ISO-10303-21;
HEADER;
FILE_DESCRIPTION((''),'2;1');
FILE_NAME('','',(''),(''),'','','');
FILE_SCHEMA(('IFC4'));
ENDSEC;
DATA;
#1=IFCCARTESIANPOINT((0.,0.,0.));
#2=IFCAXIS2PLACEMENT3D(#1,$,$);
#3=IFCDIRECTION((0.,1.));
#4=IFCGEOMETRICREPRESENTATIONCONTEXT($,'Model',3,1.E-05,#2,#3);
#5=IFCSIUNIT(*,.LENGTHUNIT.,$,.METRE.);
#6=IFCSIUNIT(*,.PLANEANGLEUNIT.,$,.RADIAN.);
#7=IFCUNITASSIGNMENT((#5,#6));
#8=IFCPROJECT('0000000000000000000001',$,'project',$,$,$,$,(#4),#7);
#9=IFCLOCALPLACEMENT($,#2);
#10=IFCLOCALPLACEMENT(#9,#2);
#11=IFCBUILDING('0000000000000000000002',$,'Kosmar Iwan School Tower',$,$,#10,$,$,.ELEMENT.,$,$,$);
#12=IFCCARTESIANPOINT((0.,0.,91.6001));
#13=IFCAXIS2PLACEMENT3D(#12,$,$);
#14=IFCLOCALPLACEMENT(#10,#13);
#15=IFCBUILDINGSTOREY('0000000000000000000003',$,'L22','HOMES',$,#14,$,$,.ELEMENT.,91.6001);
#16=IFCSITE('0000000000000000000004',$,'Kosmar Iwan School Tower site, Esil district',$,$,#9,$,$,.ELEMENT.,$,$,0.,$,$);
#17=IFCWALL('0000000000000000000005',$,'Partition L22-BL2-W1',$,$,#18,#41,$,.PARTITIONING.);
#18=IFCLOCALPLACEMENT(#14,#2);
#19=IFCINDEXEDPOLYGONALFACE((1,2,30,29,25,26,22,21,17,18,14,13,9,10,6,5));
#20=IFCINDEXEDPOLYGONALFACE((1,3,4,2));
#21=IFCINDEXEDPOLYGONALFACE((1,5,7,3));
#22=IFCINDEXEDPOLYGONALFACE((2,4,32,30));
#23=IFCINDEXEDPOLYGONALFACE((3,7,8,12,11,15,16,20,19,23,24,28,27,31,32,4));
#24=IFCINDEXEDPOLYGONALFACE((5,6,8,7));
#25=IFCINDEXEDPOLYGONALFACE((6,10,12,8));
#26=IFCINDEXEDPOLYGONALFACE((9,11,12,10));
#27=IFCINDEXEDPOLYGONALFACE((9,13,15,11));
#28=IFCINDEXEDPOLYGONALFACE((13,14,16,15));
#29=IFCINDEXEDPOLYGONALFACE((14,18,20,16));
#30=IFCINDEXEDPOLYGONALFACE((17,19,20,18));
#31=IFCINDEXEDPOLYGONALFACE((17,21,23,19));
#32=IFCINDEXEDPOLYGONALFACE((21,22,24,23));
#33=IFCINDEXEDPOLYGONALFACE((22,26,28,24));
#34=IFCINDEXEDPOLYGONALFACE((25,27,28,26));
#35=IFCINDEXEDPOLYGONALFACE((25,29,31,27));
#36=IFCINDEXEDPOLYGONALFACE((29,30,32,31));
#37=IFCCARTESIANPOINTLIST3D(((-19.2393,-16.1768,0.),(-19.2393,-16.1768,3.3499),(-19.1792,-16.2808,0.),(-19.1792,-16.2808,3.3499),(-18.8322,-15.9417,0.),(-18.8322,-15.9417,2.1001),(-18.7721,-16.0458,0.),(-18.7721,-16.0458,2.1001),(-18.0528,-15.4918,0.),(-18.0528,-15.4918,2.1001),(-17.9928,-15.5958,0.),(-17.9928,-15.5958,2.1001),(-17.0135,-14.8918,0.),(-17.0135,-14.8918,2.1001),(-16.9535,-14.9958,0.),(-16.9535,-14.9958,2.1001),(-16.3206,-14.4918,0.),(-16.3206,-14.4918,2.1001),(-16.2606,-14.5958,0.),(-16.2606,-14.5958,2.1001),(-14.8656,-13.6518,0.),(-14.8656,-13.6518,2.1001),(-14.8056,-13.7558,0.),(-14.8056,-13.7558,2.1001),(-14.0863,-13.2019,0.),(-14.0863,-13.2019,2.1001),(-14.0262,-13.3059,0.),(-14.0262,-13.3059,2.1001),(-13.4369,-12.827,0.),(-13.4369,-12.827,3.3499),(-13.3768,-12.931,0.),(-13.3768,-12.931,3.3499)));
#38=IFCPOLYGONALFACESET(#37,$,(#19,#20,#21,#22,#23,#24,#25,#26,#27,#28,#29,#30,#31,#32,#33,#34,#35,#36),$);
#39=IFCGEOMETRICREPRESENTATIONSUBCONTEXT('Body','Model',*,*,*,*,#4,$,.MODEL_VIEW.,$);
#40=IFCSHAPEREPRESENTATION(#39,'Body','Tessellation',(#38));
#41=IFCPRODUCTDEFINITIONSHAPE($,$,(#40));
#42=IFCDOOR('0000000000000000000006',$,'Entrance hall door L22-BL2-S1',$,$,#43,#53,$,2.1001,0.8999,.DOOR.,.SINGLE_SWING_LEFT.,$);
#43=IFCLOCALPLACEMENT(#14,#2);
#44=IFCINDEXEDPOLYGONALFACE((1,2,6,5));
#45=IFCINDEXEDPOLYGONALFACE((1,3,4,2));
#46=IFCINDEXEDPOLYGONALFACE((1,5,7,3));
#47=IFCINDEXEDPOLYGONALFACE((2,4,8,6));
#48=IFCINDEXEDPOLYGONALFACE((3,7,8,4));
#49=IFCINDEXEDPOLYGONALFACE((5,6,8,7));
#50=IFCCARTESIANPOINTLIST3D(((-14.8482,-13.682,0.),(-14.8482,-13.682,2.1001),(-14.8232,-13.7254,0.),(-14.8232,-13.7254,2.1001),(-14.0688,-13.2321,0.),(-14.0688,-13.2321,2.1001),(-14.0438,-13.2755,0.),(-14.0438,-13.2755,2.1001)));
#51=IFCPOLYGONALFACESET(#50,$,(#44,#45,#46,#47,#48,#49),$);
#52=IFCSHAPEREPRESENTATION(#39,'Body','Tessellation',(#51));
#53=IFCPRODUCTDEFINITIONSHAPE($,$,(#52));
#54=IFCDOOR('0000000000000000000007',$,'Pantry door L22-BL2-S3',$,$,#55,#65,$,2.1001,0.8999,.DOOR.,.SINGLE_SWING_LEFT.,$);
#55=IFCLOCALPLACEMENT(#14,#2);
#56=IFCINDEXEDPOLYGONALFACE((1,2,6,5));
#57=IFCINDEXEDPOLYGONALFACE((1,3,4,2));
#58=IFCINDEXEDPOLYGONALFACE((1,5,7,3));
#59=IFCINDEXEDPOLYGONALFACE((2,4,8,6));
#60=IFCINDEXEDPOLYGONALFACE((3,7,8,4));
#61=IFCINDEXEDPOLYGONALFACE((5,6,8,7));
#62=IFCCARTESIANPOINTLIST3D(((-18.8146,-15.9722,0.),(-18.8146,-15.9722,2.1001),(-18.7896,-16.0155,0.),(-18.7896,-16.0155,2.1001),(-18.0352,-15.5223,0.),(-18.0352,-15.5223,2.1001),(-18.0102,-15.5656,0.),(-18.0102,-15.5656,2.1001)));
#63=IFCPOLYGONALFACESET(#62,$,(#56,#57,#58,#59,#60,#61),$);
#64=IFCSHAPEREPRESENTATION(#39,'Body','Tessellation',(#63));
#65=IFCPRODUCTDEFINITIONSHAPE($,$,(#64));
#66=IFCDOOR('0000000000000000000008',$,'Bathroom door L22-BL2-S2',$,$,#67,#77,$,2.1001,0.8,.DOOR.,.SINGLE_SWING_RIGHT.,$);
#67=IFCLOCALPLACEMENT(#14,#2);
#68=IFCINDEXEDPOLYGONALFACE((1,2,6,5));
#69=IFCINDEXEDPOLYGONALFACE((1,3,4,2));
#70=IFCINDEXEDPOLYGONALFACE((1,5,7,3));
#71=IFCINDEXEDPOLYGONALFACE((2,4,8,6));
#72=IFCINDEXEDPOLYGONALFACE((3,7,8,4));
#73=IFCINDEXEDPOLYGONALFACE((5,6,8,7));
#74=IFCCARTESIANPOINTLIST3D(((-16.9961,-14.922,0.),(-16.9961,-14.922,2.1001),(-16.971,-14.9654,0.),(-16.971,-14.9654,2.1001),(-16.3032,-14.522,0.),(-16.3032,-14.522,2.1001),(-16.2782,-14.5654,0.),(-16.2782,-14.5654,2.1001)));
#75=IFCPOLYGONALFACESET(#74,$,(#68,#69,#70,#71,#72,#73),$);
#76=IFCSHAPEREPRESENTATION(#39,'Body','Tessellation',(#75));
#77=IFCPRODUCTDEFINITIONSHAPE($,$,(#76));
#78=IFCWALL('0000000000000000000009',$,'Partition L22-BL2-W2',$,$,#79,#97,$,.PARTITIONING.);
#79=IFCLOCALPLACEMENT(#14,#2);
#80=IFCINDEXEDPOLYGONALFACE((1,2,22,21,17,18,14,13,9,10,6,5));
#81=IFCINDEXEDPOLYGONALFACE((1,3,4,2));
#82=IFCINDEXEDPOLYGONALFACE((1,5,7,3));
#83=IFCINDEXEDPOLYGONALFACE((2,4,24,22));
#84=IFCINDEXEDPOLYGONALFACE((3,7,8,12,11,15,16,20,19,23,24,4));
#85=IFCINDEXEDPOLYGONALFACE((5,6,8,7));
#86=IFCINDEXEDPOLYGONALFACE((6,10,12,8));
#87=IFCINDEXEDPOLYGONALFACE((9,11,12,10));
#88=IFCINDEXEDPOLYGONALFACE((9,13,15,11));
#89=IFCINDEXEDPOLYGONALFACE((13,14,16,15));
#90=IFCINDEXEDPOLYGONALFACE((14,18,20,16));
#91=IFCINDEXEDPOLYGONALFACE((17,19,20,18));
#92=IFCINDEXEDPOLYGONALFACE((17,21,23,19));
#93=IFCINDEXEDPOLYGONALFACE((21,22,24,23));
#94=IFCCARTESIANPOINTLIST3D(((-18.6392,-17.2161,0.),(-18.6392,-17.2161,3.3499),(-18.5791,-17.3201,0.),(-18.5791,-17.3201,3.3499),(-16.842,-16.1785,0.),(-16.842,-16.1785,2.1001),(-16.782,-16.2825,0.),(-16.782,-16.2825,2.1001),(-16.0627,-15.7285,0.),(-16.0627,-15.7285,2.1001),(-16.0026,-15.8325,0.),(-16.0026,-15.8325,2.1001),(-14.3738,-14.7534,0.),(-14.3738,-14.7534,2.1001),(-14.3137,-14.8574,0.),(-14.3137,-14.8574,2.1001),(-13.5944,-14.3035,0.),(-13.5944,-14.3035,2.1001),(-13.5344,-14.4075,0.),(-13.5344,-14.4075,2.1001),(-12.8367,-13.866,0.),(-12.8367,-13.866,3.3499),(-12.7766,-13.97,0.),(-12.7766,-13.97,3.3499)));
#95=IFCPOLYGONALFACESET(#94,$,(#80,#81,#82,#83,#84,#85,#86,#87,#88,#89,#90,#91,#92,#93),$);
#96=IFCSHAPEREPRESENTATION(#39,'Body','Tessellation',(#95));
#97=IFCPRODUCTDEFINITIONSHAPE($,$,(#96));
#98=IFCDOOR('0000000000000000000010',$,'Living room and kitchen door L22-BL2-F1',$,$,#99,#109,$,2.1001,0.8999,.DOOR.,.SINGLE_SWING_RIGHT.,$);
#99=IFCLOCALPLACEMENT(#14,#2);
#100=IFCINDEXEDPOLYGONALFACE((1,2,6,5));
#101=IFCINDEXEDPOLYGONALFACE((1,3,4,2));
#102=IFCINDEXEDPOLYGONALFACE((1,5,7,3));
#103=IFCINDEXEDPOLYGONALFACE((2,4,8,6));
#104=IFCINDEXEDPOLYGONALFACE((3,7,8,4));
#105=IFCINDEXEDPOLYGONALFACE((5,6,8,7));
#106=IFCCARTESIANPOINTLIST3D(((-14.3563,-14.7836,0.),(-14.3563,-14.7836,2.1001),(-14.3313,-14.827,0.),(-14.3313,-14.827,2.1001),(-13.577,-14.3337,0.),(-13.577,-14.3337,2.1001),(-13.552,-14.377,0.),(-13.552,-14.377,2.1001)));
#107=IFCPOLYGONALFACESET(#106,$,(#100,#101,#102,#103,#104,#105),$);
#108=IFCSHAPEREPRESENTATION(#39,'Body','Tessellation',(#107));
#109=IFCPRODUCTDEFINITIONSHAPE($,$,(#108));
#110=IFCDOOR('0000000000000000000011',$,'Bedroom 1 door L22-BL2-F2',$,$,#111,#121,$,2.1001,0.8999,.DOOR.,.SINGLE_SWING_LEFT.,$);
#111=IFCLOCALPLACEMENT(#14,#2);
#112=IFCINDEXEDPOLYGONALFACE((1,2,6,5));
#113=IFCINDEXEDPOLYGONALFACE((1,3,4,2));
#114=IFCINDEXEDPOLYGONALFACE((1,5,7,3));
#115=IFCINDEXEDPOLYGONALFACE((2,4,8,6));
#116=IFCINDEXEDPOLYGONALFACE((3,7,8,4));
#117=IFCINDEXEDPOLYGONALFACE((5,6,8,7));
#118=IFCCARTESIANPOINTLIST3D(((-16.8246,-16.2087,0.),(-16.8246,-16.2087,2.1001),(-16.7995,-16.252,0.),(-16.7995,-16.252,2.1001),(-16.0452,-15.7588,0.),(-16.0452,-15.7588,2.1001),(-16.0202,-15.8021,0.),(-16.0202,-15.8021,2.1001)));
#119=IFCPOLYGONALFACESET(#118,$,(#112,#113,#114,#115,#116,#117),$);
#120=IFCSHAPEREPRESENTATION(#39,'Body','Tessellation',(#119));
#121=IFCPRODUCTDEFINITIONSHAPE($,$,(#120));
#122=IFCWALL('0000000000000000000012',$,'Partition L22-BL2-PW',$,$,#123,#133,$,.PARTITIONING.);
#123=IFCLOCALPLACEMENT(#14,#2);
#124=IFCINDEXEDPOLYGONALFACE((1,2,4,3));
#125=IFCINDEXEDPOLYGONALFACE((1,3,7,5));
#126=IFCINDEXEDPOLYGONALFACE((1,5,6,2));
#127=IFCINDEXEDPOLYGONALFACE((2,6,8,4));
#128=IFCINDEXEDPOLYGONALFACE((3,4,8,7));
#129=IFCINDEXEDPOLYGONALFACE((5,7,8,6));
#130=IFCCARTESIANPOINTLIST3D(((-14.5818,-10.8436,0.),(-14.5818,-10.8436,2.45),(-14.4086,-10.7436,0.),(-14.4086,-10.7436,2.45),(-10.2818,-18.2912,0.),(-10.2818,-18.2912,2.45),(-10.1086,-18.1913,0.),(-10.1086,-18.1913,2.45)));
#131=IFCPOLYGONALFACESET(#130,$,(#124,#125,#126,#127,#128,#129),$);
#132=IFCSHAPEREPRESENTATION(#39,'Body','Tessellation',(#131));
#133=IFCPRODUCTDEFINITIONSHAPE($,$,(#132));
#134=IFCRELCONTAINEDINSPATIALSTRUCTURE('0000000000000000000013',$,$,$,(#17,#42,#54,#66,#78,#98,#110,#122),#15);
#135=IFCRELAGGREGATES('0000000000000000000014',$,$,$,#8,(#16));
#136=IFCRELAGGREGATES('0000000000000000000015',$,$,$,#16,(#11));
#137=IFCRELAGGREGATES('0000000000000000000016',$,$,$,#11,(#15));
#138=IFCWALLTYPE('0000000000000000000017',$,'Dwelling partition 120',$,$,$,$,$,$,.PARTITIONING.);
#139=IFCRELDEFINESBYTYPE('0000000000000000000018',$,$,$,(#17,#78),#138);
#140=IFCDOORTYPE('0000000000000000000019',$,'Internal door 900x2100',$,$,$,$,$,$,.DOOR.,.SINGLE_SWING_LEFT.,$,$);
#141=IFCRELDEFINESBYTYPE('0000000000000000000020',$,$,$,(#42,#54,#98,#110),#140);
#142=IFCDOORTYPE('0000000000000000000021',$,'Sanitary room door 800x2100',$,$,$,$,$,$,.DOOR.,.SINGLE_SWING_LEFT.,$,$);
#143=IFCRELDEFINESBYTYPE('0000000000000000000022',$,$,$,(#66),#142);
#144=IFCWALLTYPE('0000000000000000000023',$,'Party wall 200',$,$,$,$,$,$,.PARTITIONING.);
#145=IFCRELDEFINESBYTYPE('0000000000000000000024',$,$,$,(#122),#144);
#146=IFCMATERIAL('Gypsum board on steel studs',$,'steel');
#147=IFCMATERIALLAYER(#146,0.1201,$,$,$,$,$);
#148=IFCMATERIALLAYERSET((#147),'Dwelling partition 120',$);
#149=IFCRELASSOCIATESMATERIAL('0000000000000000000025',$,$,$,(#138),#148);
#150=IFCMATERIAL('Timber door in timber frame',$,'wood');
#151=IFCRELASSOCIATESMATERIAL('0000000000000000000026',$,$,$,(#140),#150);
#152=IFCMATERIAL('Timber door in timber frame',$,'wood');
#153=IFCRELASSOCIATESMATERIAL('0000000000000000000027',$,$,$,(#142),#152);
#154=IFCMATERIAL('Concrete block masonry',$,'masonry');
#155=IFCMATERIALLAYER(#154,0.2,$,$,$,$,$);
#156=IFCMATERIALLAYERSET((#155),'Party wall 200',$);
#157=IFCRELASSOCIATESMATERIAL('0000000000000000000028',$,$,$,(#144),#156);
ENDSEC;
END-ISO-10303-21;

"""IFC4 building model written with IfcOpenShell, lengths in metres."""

from ifc_helpers import new_model, si_unit, direction, frame, frame_2d, origin, place, context, subcontext, project, spatial, rectangle, extrude, material, layer, layer_set, type_object, element, fill, save


model = new_model("IFC4")

# Units and contexts
model_context = context("Model", 3, precision=1e-05, world=origin(), true_north=direction((0.0, 1.0)))
body_context = subcontext(model_context, "Body", "Model", "MODEL_VIEW")
ifc_project = project(units=[si_unit("LENGTHUNIT", "METRE"), si_unit("PLANEANGLEUNIT", "RADIAN")], contexts=[model_context])

# Site, building, storey
site_placement = place(None, origin())
site = spatial("IfcSite", under=ifc_project, at=site_placement, Name="Kosmar Iwan School Tower site, Esil district", CompositionType="ELEMENT", RefElevation=0.0)
building_placement = place(site_placement, origin())
building = spatial("IfcBuilding", under=site, at=building_placement, Name="Kosmar Iwan School Tower", CompositionType="ELEMENT")
storey_placement = place(building_placement, frame((0.0, 0.0, 91.6001)))
storey = spatial("IfcBuildingStorey", under=building, at=storey_placement, Name="L22", Description="HOMES", CompositionType="ELEMENT", Elevation=91.6001)

# Shared definitions
ifc_material_1 = material(Name="Gypsum board on steel studs", Category="steel")
ifc_layer_1 = layer(ifc_material_1, 0.1201)
ifc_layer_set_1 = layer_set([ifc_layer_1], Name="Dwelling partition 120")
wall_type_1 = type_object("IfcWallType", Name="Dwelling partition 120", PredefinedType="PARTITIONING", material=ifc_layer_set_1)
ifc_material_2 = material(Name="Timber door in timber frame", Category="wood")
door_type_1 = type_object("IfcDoorType", Name="Internal door 900x2100", OperationType="SINGLE_SWING_LEFT", PredefinedType="DOOR", material=ifc_material_2)
ifc_material_3 = material(Name="Timber door in timber frame", Category="wood")
door_type_2 = type_object("IfcDoorType", Name="Sanitary room door 800x2100", OperationType="SINGLE_SWING_LEFT", PredefinedType="DOOR", material=ifc_material_3)

# Walls, openings, doors
wall_1_placement = place(storey_placement, frame((-13.4067, -12.8789, 0.0), z_axis=(0.0, 0.0, 1.0), x_axis=(-0.866039, -0.499976, 0.0)))
wall_1 = element("IfcWall", 1, at=wall_1_placement, inside=storey, type_object=wall_type_1, Name="Partition L22-BL2-W1", PredefinedType="PARTITIONING", context=body_context, shape_type="SweptSolid", body=[
    extrude(rectangle(XDim=6.7, YDim=0.1201, at=frame_2d((3.3501, 0.0))), origin(), (0.0, 0.0, 1.0), 3.3499),
])
opening_1_placement = place(wall_1_placement, frame((0.75, 0.0, 0.0)))
opening_1 = element("IfcOpeningElement", 2, at=opening_1_placement, cuts=wall_1, PredefinedType="OPENING", context=body_context, shape_type="SweptSolid", body=[
    extrude(rectangle(XDim=0.8999, YDim=2.1001, at=frame_2d((0.45, 1.05))), frame((0.0, 0.072, 0.0), z_axis=(0.0, -1.0, 0.0), x_axis=(1.0, 0.0, 0.0)), (0.0, 0.0, 1.0), 0.144),
])
opening_2_placement = place(wall_1_placement, frame((3.3301, 0.0, 0.0)))
opening_2 = element("IfcOpeningElement", 3, at=opening_2_placement, cuts=wall_1, PredefinedType="OPENING", context=body_context, shape_type="SweptSolid", body=[
    extrude(rectangle(XDim=0.8, YDim=2.1001, at=frame_2d((0.3999, 1.05))), frame((0.0, 0.072, 0.0), z_axis=(0.0, -1.0, 0.0), x_axis=(1.0, 0.0, 0.0)), (0.0, 0.0, 1.0), 0.144),
])
opening_3_placement = place(wall_1_placement, frame((5.3301, 0.0, 0.0)))
opening_3 = element("IfcOpeningElement", 4, at=opening_3_placement, cuts=wall_1, PredefinedType="OPENING", context=body_context, shape_type="SweptSolid", body=[
    extrude(rectangle(XDim=0.8999, YDim=2.1001, at=frame_2d((0.45, 1.05))), frame((0.0, 0.072, 0.0), z_axis=(0.0, -1.0, 0.0), x_axis=(1.0, 0.0, 0.0)), (0.0, 0.0, 1.0), 0.144),
])
door_1_placement = place(opening_1_placement, origin())
door_1 = element("IfcDoor", 5, at=door_1_placement, inside=storey, type_object=door_type_1, Name="Entrance hall door L22-BL2-S1", OperationType="SINGLE_SWING_LEFT", OverallHeight=2.1001, OverallWidth=0.8999, PredefinedType="DOOR", context=body_context, shape_type="SweptSolid", body=[
    extrude(rectangle(XDim=0.8999, YDim=2.1001, at=frame_2d((0.45, 1.05))), frame((0.0, 0.0249, 0.0), z_axis=(0.0, -1.0, 0.0), x_axis=(1.0, 0.0, 0.0)), (0.0, 0.0, 1.0), 0.05),
])
fill(opening_1, door_1)
door_2_placement = place(opening_3_placement, frame((0.8999, 0.0, 0.0), z_axis=(0.0, 0.0, 1.0), x_axis=(-1.0, 0.0, 0.0)))
door_2 = element("IfcDoor", 6, at=door_2_placement, inside=storey, type_object=door_type_1, Name="Pantry door L22-BL2-S3", OperationType="SINGLE_SWING_LEFT", OverallHeight=2.1001, OverallWidth=0.8999, PredefinedType="DOOR", context=body_context, shape_type="SweptSolid", body=[
    extrude(rectangle(XDim=0.8999, YDim=2.1001, at=frame_2d((0.45, 1.05))), frame((0.0, 0.0249, 0.0), z_axis=(0.0, -1.0, 0.0), x_axis=(1.0, 0.0, 0.0)), (0.0, 0.0, 1.0), 0.05),
])
fill(opening_3, door_2)
door_3_placement = place(opening_2_placement, origin())
door_3 = element("IfcDoor", 7, at=door_3_placement, inside=storey, type_object=door_type_2, Name="Bathroom door L22-BL2-S2", OperationType="SINGLE_SWING_RIGHT", OverallHeight=2.1001, OverallWidth=0.8, PredefinedType="DOOR", context=body_context, shape_type="SweptSolid", body=[
    extrude(rectangle(XDim=0.8, YDim=2.1001, at=frame_2d((0.3999, 1.05))), frame((0.0, 0.0249, 0.0), z_axis=(0.0, -1.0, 0.0), x_axis=(1.0, 0.0, 0.0)), (0.0, 0.0, 1.0), 0.05),
])
fill(opening_2, door_3)
wall_2_placement = place(storey_placement, frame((-12.8066, -13.918, 0.0), z_axis=(0.0, 0.0, 1.0), x_axis=(-0.866024, -0.500003, 0.0)))
wall_2 = element("IfcWall", 8, at=wall_2_placement, inside=storey, type_object=wall_type_1, Name="Partition L22-BL2-W2", PredefinedType="PARTITIONING", context=body_context, shape_type="SweptSolid", body=[
    extrude(rectangle(XDim=6.7002, YDim=0.1201, at=frame_2d((3.3501, 0.0))), origin(), (0.0, 0.0, 1.0), 3.3499),
])
opening_4_placement = place(wall_2_placement, frame((0.875, 0.0, 0.0)))
opening_4 = element("IfcOpeningElement", 9, at=opening_4_placement, cuts=wall_2, PredefinedType="OPENING", context=body_context, shape_type="SweptSolid", body=[
    extrude(rectangle(XDim=0.8999, YDim=2.1001, at=frame_2d((0.45, 1.05))), frame((0.0, 0.072, 0.0), z_axis=(0.0, -1.0, 0.0), x_axis=(1.0, 0.0, 0.0)), (0.0, 0.0, 1.0), 0.144),
])
opening_5_placement = place(wall_2_placement, frame((3.7251, 0.0, 0.0)))
opening_5 = element("IfcOpeningElement", 10, at=opening_5_placement, cuts=wall_2, PredefinedType="OPENING", context=body_context, shape_type="SweptSolid", body=[
    extrude(rectangle(XDim=0.8999, YDim=2.1001, at=frame_2d((0.45, 1.05))), frame((0.0, 0.072, 0.0), z_axis=(0.0, -1.0, 0.0), x_axis=(1.0, 0.0, 0.0)), (0.0, 0.0, 1.0), 0.144),
])
door_4_placement = place(opening_4_placement, origin())
door_4 = element("IfcDoor", 11, at=door_4_placement, inside=storey, type_object=door_type_1, Name="Living room and kitchen door L22-BL2-F1", OperationType="SINGLE_SWING_RIGHT", OverallHeight=2.1001, OverallWidth=0.8999, PredefinedType="DOOR", context=body_context, shape_type="SweptSolid", body=[
    extrude(rectangle(XDim=0.8999, YDim=2.1001, at=frame_2d((0.45, 1.05))), frame((0.0, 0.0249, 0.0), z_axis=(0.0, -1.0, 0.0), x_axis=(1.0, 0.0, 0.0)), (0.0, 0.0, 1.0), 0.05),
])
fill(opening_4, door_4)
door_5_placement = place(opening_5_placement, origin())
door_5 = element("IfcDoor", 12, at=door_5_placement, inside=storey, type_object=door_type_1, Name="Bedroom 1 door L22-BL2-F2", OperationType="SINGLE_SWING_LEFT", OverallHeight=2.1001, OverallWidth=0.8999, PredefinedType="DOOR", context=body_context, shape_type="SweptSolid", body=[
    extrude(rectangle(XDim=0.8999, YDim=2.1001, at=frame_2d((0.45, 1.05))), frame((0.0, 0.0249, 0.0), z_axis=(0.0, -1.0, 0.0), x_axis=(1.0, 0.0, 0.0)), (0.0, 0.0, 1.0), 0.05),
])
fill(opening_5, door_5)

# Wall
ifc_material_4 = material(Name="Concrete block masonry", Category="masonry")
ifc_layer_2 = layer(ifc_material_4, 0.2)
ifc_layer_set_2 = layer_set([ifc_layer_2], Name="Party wall 200")
wall_type_2 = type_object("IfcWallType", Name="Party wall 200", PredefinedType="PARTITIONING", material=ifc_layer_set_2)
wall_3_placement = place(storey_placement, frame((-14.4951, -10.7937, 0.0), z_axis=(0.0, 0.0, 1.0), x_axis=(0.500008, -0.866021, 0.0)))
element("IfcWall", 13, at=wall_3_placement, inside=storey, type_object=wall_type_2, Name="Partition L22-BL2-PW", PredefinedType="PARTITIONING", context=body_context, shape_type="SweptSolid", body=[
    extrude(rectangle(XDim=8.5999, YDim=0.2, at=frame_2d((4.2998, 0.0))), origin(), (0.0, 0.0, 1.0), 2.45),
])

save(model, "model.ifc")
